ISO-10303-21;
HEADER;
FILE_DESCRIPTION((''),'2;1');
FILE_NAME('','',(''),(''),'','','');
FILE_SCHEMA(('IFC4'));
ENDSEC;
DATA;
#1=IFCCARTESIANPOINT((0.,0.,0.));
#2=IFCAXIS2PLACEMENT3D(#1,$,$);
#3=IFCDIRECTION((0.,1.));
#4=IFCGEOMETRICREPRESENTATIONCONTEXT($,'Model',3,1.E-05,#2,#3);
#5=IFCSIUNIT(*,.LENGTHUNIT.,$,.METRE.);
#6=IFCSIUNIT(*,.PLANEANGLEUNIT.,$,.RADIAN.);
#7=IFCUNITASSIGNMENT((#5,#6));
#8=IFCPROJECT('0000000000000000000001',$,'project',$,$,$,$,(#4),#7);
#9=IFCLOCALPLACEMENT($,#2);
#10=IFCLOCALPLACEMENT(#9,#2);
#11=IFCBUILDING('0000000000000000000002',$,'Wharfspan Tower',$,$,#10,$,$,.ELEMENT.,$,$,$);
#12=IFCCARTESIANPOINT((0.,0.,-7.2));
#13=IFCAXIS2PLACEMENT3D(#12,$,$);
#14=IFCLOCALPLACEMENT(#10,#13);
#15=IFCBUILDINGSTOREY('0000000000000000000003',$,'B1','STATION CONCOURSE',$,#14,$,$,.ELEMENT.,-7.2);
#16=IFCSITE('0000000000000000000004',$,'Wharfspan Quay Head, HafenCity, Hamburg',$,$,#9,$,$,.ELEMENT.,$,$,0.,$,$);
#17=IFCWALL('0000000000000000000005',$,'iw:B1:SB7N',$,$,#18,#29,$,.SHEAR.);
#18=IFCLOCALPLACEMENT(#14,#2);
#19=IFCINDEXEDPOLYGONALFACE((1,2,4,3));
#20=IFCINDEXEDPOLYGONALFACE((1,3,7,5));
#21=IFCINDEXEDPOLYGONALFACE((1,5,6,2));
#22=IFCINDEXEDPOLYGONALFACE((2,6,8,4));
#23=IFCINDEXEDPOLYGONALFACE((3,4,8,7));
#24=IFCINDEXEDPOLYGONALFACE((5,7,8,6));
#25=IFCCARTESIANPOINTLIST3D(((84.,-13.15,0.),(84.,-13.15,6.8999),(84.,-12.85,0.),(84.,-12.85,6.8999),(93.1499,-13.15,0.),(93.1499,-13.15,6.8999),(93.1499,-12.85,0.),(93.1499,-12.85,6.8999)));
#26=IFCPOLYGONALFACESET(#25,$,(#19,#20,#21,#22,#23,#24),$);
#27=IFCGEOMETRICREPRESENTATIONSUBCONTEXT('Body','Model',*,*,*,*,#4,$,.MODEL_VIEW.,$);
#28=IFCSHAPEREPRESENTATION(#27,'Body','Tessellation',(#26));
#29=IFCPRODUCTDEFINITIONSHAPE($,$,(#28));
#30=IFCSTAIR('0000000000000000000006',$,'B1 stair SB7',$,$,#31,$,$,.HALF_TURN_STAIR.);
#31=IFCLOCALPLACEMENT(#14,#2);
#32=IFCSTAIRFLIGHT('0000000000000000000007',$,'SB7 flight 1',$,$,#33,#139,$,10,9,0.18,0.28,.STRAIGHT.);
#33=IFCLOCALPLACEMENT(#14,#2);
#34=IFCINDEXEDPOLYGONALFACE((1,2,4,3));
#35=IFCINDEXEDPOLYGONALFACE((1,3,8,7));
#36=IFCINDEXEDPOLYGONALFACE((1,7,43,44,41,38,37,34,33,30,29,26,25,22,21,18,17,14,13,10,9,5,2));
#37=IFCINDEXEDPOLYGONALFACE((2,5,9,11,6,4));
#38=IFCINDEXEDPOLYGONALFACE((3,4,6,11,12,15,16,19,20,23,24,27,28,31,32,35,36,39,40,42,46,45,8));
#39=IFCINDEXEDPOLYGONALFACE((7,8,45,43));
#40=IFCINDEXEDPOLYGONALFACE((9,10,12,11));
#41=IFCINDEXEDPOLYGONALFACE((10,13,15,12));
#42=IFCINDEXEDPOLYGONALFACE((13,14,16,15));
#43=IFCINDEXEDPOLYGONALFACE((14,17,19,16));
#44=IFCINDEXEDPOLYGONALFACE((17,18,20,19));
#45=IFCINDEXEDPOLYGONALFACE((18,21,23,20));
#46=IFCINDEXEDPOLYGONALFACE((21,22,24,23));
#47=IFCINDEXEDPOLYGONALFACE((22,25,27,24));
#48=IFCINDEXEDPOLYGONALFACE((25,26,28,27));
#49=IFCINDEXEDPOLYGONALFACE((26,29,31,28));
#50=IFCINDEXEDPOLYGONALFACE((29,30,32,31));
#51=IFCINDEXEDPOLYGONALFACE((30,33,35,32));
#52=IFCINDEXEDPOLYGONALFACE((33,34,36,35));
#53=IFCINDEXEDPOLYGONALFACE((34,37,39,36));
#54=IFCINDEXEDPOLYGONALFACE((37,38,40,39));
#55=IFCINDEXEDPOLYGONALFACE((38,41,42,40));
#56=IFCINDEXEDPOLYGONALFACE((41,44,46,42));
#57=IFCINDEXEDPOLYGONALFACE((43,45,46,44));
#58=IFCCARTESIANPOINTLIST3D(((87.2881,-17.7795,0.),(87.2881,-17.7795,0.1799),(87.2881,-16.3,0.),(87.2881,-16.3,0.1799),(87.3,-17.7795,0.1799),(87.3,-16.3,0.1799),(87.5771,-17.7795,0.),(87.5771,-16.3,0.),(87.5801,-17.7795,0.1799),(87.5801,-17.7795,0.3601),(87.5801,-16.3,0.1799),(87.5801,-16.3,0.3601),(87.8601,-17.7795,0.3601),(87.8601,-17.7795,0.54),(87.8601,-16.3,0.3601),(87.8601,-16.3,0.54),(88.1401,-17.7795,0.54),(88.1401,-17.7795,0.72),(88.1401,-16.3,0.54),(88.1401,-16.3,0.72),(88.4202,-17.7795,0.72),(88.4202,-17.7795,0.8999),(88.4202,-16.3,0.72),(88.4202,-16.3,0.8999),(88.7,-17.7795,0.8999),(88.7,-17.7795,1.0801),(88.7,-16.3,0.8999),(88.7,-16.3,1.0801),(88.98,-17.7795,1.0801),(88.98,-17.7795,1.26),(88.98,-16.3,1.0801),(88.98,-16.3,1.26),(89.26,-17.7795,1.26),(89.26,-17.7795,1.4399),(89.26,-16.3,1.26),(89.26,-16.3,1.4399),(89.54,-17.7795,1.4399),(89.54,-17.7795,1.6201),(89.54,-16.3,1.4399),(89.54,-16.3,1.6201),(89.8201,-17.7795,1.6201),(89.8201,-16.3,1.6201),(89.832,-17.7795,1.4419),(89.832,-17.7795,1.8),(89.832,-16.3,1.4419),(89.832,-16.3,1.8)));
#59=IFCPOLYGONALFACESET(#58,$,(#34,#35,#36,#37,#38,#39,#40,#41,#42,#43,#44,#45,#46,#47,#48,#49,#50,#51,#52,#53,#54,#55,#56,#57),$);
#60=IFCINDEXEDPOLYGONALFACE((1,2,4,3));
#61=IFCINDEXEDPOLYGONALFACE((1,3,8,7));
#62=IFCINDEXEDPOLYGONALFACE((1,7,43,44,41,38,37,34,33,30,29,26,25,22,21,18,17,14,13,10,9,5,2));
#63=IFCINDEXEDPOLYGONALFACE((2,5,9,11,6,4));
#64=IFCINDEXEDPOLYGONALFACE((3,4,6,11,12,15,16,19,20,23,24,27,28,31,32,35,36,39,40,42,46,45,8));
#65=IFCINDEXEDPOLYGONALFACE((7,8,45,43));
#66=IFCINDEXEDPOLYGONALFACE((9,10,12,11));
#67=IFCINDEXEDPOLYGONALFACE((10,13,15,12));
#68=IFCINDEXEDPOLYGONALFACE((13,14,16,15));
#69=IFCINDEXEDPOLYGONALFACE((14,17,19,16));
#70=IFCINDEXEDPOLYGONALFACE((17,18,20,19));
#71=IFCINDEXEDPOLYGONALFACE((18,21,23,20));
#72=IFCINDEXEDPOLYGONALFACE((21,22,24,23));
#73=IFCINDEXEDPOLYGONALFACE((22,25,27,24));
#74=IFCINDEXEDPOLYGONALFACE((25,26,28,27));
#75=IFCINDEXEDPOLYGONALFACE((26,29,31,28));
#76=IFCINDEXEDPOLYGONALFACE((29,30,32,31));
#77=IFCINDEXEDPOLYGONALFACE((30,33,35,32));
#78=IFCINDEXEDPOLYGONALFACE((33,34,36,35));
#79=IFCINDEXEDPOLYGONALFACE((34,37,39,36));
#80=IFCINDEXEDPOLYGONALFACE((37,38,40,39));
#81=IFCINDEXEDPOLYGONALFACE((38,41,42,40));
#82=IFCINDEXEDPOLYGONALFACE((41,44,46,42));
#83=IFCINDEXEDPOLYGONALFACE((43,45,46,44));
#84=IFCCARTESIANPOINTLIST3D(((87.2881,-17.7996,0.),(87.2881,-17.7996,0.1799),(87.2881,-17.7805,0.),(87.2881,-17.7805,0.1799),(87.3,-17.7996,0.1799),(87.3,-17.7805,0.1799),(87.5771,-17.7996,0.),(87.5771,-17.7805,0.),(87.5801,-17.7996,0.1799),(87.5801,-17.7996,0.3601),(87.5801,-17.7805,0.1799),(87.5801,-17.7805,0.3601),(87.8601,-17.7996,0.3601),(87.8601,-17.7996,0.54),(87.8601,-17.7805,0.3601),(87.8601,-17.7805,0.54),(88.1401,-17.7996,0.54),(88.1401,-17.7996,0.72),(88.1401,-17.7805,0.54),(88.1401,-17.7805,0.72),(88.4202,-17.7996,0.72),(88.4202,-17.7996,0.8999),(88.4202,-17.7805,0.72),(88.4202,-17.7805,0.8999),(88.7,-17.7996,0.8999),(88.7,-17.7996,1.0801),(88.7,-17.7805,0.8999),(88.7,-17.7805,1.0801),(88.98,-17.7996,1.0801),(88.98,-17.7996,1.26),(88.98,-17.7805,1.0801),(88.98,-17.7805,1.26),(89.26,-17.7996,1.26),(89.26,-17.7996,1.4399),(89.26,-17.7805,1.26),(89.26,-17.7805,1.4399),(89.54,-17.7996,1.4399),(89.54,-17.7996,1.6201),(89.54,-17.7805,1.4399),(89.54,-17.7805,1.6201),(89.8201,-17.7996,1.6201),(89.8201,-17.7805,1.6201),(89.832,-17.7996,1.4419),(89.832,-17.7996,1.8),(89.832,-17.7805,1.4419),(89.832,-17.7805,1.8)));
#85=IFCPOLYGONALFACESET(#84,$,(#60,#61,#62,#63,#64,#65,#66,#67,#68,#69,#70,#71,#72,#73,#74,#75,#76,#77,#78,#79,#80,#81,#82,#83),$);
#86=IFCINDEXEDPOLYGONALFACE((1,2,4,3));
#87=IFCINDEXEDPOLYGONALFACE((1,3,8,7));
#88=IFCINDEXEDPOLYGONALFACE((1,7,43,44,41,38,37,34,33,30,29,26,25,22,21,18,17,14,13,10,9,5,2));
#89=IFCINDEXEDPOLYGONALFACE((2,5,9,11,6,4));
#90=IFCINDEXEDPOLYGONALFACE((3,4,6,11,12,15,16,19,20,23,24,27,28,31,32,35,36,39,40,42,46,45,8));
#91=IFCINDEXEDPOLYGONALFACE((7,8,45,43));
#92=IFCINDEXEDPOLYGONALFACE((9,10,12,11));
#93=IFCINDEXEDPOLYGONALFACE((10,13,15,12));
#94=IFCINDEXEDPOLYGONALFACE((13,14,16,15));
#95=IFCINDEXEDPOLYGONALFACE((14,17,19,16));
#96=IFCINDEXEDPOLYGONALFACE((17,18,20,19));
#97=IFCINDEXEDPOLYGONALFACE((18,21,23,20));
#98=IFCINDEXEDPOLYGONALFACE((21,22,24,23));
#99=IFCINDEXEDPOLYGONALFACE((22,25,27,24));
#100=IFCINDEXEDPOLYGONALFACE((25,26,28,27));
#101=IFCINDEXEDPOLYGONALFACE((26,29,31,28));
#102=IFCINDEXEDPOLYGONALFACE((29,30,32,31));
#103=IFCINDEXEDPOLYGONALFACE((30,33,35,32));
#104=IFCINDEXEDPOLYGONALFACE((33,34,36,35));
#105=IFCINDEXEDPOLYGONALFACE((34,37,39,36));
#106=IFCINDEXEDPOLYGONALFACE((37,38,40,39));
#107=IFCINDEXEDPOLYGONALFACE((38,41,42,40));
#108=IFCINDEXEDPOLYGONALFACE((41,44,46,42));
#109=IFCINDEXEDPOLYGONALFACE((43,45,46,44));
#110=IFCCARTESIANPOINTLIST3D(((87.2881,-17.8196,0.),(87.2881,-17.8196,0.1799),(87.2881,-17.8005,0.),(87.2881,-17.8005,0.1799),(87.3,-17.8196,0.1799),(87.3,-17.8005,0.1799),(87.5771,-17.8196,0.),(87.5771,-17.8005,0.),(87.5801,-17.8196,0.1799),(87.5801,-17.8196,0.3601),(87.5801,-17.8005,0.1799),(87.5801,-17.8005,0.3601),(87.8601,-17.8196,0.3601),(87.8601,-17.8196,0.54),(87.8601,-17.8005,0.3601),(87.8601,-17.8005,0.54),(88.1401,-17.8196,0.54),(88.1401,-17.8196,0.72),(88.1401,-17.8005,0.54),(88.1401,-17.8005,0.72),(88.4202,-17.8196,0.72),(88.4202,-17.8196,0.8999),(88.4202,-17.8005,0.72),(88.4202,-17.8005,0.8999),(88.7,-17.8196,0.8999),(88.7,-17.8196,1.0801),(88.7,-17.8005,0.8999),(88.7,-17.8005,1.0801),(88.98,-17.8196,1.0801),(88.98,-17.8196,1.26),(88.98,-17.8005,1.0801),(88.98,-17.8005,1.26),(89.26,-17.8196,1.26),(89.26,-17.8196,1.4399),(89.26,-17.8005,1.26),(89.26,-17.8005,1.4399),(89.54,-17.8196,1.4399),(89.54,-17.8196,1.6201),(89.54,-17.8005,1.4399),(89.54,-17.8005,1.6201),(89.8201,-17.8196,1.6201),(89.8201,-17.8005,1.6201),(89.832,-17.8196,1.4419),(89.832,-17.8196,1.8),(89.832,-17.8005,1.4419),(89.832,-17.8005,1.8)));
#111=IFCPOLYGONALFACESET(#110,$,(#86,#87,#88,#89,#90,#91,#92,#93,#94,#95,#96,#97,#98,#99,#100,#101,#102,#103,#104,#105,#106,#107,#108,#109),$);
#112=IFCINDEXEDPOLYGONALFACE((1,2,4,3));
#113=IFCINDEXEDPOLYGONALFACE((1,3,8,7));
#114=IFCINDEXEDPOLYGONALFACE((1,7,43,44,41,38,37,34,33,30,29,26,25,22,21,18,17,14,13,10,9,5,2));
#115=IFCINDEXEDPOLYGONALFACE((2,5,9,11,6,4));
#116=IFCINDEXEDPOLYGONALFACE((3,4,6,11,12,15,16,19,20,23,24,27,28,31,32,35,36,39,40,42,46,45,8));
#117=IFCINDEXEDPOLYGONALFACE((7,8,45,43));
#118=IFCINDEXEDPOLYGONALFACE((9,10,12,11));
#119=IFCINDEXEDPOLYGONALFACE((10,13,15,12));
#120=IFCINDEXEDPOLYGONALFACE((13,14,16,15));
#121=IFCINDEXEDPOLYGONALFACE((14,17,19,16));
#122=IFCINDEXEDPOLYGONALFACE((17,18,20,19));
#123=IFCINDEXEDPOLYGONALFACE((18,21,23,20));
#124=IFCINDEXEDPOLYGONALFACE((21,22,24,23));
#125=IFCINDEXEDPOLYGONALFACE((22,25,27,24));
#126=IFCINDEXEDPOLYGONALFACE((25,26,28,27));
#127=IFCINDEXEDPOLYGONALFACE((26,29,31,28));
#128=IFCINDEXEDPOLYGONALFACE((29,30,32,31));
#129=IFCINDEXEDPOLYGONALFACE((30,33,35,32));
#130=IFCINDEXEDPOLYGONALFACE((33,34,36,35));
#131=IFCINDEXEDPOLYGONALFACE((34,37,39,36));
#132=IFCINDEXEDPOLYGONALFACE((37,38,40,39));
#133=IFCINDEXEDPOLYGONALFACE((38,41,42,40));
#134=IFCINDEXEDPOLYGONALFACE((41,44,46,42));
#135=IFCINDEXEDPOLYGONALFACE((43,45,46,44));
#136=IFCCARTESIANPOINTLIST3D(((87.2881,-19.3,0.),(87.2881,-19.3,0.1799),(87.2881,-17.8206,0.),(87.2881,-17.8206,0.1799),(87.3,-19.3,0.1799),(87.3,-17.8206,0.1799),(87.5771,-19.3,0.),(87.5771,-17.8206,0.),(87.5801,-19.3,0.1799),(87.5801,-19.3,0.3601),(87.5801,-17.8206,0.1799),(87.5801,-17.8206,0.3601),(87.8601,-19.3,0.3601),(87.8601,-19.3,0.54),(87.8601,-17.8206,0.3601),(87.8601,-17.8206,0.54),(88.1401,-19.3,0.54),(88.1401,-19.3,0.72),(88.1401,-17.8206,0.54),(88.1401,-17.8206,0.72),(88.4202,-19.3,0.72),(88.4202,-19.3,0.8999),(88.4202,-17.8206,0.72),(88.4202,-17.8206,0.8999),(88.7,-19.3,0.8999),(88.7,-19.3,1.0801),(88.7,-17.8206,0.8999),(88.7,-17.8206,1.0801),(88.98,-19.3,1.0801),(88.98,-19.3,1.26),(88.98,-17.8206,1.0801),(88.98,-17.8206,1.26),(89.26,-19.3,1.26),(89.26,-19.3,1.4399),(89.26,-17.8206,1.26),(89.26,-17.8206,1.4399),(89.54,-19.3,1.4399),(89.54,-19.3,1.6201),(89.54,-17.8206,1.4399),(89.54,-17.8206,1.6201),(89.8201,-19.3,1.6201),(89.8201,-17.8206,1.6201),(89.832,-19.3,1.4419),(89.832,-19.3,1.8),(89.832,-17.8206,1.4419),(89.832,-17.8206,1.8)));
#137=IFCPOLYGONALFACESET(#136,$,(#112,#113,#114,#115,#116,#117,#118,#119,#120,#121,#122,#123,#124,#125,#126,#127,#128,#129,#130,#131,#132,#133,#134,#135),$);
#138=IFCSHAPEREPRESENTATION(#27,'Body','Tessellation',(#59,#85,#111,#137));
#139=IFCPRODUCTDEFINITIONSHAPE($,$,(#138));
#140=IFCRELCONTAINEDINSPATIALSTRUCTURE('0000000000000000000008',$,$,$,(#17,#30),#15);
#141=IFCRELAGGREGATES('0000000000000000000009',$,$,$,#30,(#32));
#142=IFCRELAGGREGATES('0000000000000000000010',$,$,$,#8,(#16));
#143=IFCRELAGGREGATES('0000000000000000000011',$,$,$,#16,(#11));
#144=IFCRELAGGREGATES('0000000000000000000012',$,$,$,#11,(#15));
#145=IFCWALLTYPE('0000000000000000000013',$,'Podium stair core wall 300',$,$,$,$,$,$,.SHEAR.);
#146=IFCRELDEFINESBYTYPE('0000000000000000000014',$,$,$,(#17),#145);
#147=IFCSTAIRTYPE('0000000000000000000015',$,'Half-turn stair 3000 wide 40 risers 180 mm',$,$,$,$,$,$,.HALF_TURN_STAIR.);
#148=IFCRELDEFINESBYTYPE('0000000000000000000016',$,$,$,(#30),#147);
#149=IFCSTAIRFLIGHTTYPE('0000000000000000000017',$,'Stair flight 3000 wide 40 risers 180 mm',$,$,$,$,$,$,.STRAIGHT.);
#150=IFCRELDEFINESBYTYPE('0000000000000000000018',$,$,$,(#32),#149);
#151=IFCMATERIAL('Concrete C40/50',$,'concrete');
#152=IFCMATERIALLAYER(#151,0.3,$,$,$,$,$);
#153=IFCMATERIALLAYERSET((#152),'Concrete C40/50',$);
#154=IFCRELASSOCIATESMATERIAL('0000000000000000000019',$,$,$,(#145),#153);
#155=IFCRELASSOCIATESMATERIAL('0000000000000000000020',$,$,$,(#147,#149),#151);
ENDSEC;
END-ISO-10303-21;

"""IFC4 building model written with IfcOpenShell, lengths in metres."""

from ifc_helpers import new_model, si_unit, direction, frame, frame_2d, origin, place, context, subcontext, project, spatial, polyline, rectangle, outline, extrude, material, layer, layer_set, type_object, element, aggregate, save


model = new_model("IFC4")

# Units and contexts
model_context = context("Model", 3, precision=1e-05, world=origin(), true_north=direction((0.0, 1.0)))
body_context = subcontext(model_context, "Body", "Model", "MODEL_VIEW")
ifc_project = project(units=[si_unit("LENGTHUNIT", "METRE"), si_unit("PLANEANGLEUNIT", "RADIAN")], contexts=[model_context])

# Site, building, storey
site_placement = place(None, origin())
site = spatial("IfcSite", under=ifc_project, at=site_placement, Name="Wharfspan Quay Head, HafenCity, Hamburg", CompositionType="ELEMENT", RefElevation=0.0)
building_placement = place(site_placement, origin())
building = spatial("IfcBuilding", under=site, at=building_placement, Name="Wharfspan Tower", CompositionType="ELEMENT")
storey_placement = place(building_placement, frame((0.0, 0.0, -7.2)))
storey = spatial("IfcBuildingStorey", under=building, at=storey_placement, Name="B1", Description="STATION CONCOURSE", CompositionType="ELEMENT", Elevation=-7.2)

# Wall
ifc_material_1 = material(Name="Concrete C40/50", Category="concrete")
ifc_layer_1 = layer(ifc_material_1, 0.3)
ifc_layer_set_1 = layer_set([ifc_layer_1], Name="Concrete C40/50")
wall_type_1 = type_object("IfcWallType", Name="Podium stair core wall 300", PredefinedType="SHEAR", material=ifc_layer_set_1)
wall_1_placement = place(storey_placement, frame((84.0, -13.0, 0.0), z_axis=(0.0, 0.0, 1.0), x_axis=(1.0, 0.0, 0.0)))
element("IfcWall", 1, at=wall_1_placement, inside=storey, type_object=wall_type_1, Name="iw:B1:SB7N", PredefinedType="SHEAR", context=body_context, shape_type="SweptSolid", body=[
    extrude(rectangle(XDim=9.1499, YDim=0.3, at=frame_2d((4.575, 0.0))), origin(), (0.0, 0.0, 1.0), 6.8999),
])

# Stair, stair flight
stair_type = type_object("IfcStairType", Name="Half-turn stair 3000 wide 40 risers 180 mm", PredefinedType="HALF_TURN_STAIR", material=ifc_material_1)
stair_placement = place(storey_placement, origin())
stair = element("IfcStair", 2, at=stair_placement, inside=storey, type_object=stair_type, Name="B1 stair SB7", PredefinedType="HALF_TURN_STAIR")
stair_flight_type = type_object("IfcStairFlightType", Name="Stair flight 3000 wide 40 risers 180 mm", PredefinedType="STRAIGHT", material=ifc_material_1)
stair_flight_1_placement = place(storey_placement, frame((87.3, -17.8, 0.0), z_axis=(0.0, 0.0, 1.0), x_axis=(1.0, 0.0, 0.0)))
stair_flight_1 = element("IfcStairFlight", 3, at=stair_flight_1_placement, type_object=stair_flight_type, Name="SB7 flight 1", NumberOfRisers=10, NumberOfTreads=9, PredefinedType="STRAIGHT", RiserHeight=0.18, TreadLength=0.28, context=body_context, shape_type="SweptSolid", body=[
    extrude(outline(polyline([(-0.012, 0.0), (-0.012, 0.1799), (0.0, 0.1799), (0.28, 0.1799), (0.28, 0.3601), (0.5601, 0.3601), (0.5601, 0.54), (0.8401, 0.54), (0.8401, 0.72), (1.1201, 0.72), (1.1201, 0.8999), (1.3999, 0.8999), (1.3999, 1.0801), (1.6799, 1.0801), (1.6799, 1.26), (1.96, 1.26), (1.96, 1.4399), (2.24, 1.4399), (2.24, 1.6201), (2.52, 1.6201), (2.532, 1.8), (2.532, 1.4419), (0.2771, 0.0), (-0.012, 0.0)])), frame((0.0, 1.5, 0.0), z_axis=(0.0, -1.0, 0.0), x_axis=(1.0, 0.0, 0.0)), (0.0, 0.0, 1.0), 1.4795),
    extrude(outline(polyline([(-0.012, 0.0), (-0.012, 0.1799), (0.0, 0.1799), (0.28, 0.1799), (0.28, 0.3601), (0.5601, 0.3601), (0.5601, 0.54), (0.8401, 0.54), (0.8401, 0.72), (1.1201, 0.72), (1.1201, 0.8999), (1.3999, 0.8999), (1.3999, 1.0801), (1.6799, 1.0801), (1.6799, 1.26), (1.96, 1.26), (1.96, 1.4399), (2.24, 1.4399), (2.24, 1.6201), (2.52, 1.6201), (2.532, 1.8), (2.532, 1.4419), (0.2771, 0.0), (-0.012, 0.0)])), frame((0.0, 0.0195, 0.0), z_axis=(0.0, -1.0, 0.0), x_axis=(1.0, 0.0, 0.0)), (0.0, 0.0, 1.0), 0.019),
    extrude(outline(polyline([(-0.012, 0.0), (-0.012, 0.1799), (0.0, 0.1799), (0.28, 0.1799), (0.28, 0.3601), (0.5601, 0.3601), (0.5601, 0.54), (0.8401, 0.54), (0.8401, 0.72), (1.1201, 0.72), (1.1201, 0.8999), (1.3999, 0.8999), (1.3999, 1.0801), (1.6799, 1.0801), (1.6799, 1.26), (1.96, 1.26), (1.96, 1.4399), (2.24, 1.4399), (2.24, 1.6201), (2.52, 1.6201), (2.532, 1.8), (2.532, 1.4419), (0.2771, 0.0), (-0.012, 0.0)])), frame((0.0, -0.0005, 0.0), z_axis=(0.0, -1.0, 0.0), x_axis=(1.0, 0.0, 0.0)), (0.0, 0.0, 1.0), 0.019),
    extrude(outline(polyline([(-0.012, 0.0), (-0.012, 0.1799), (0.0, 0.1799), (0.28, 0.1799), (0.28, 0.3601), (0.5601, 0.3601), (0.5601, 0.54), (0.8401, 0.54), (0.8401, 0.72), (1.1201, 0.72), (1.1201, 0.8999), (1.3999, 0.8999), (1.3999, 1.0801), (1.6799, 1.0801), (1.6799, 1.26), (1.96, 1.26), (1.96, 1.4399), (2.24, 1.4399), (2.24, 1.6201), (2.52, 1.6201), (2.532, 1.8), (2.532, 1.4419), (0.2771, 0.0), (-0.012, 0.0)])), frame((0.0, -0.0205, 0.0), z_axis=(0.0, -1.0, 0.0), x_axis=(1.0, 0.0, 0.0)), (0.0, 0.0, 1.0), 1.4795),
])
aggregate(stair, [stair_flight_1])

save(model, "model.ifc")
